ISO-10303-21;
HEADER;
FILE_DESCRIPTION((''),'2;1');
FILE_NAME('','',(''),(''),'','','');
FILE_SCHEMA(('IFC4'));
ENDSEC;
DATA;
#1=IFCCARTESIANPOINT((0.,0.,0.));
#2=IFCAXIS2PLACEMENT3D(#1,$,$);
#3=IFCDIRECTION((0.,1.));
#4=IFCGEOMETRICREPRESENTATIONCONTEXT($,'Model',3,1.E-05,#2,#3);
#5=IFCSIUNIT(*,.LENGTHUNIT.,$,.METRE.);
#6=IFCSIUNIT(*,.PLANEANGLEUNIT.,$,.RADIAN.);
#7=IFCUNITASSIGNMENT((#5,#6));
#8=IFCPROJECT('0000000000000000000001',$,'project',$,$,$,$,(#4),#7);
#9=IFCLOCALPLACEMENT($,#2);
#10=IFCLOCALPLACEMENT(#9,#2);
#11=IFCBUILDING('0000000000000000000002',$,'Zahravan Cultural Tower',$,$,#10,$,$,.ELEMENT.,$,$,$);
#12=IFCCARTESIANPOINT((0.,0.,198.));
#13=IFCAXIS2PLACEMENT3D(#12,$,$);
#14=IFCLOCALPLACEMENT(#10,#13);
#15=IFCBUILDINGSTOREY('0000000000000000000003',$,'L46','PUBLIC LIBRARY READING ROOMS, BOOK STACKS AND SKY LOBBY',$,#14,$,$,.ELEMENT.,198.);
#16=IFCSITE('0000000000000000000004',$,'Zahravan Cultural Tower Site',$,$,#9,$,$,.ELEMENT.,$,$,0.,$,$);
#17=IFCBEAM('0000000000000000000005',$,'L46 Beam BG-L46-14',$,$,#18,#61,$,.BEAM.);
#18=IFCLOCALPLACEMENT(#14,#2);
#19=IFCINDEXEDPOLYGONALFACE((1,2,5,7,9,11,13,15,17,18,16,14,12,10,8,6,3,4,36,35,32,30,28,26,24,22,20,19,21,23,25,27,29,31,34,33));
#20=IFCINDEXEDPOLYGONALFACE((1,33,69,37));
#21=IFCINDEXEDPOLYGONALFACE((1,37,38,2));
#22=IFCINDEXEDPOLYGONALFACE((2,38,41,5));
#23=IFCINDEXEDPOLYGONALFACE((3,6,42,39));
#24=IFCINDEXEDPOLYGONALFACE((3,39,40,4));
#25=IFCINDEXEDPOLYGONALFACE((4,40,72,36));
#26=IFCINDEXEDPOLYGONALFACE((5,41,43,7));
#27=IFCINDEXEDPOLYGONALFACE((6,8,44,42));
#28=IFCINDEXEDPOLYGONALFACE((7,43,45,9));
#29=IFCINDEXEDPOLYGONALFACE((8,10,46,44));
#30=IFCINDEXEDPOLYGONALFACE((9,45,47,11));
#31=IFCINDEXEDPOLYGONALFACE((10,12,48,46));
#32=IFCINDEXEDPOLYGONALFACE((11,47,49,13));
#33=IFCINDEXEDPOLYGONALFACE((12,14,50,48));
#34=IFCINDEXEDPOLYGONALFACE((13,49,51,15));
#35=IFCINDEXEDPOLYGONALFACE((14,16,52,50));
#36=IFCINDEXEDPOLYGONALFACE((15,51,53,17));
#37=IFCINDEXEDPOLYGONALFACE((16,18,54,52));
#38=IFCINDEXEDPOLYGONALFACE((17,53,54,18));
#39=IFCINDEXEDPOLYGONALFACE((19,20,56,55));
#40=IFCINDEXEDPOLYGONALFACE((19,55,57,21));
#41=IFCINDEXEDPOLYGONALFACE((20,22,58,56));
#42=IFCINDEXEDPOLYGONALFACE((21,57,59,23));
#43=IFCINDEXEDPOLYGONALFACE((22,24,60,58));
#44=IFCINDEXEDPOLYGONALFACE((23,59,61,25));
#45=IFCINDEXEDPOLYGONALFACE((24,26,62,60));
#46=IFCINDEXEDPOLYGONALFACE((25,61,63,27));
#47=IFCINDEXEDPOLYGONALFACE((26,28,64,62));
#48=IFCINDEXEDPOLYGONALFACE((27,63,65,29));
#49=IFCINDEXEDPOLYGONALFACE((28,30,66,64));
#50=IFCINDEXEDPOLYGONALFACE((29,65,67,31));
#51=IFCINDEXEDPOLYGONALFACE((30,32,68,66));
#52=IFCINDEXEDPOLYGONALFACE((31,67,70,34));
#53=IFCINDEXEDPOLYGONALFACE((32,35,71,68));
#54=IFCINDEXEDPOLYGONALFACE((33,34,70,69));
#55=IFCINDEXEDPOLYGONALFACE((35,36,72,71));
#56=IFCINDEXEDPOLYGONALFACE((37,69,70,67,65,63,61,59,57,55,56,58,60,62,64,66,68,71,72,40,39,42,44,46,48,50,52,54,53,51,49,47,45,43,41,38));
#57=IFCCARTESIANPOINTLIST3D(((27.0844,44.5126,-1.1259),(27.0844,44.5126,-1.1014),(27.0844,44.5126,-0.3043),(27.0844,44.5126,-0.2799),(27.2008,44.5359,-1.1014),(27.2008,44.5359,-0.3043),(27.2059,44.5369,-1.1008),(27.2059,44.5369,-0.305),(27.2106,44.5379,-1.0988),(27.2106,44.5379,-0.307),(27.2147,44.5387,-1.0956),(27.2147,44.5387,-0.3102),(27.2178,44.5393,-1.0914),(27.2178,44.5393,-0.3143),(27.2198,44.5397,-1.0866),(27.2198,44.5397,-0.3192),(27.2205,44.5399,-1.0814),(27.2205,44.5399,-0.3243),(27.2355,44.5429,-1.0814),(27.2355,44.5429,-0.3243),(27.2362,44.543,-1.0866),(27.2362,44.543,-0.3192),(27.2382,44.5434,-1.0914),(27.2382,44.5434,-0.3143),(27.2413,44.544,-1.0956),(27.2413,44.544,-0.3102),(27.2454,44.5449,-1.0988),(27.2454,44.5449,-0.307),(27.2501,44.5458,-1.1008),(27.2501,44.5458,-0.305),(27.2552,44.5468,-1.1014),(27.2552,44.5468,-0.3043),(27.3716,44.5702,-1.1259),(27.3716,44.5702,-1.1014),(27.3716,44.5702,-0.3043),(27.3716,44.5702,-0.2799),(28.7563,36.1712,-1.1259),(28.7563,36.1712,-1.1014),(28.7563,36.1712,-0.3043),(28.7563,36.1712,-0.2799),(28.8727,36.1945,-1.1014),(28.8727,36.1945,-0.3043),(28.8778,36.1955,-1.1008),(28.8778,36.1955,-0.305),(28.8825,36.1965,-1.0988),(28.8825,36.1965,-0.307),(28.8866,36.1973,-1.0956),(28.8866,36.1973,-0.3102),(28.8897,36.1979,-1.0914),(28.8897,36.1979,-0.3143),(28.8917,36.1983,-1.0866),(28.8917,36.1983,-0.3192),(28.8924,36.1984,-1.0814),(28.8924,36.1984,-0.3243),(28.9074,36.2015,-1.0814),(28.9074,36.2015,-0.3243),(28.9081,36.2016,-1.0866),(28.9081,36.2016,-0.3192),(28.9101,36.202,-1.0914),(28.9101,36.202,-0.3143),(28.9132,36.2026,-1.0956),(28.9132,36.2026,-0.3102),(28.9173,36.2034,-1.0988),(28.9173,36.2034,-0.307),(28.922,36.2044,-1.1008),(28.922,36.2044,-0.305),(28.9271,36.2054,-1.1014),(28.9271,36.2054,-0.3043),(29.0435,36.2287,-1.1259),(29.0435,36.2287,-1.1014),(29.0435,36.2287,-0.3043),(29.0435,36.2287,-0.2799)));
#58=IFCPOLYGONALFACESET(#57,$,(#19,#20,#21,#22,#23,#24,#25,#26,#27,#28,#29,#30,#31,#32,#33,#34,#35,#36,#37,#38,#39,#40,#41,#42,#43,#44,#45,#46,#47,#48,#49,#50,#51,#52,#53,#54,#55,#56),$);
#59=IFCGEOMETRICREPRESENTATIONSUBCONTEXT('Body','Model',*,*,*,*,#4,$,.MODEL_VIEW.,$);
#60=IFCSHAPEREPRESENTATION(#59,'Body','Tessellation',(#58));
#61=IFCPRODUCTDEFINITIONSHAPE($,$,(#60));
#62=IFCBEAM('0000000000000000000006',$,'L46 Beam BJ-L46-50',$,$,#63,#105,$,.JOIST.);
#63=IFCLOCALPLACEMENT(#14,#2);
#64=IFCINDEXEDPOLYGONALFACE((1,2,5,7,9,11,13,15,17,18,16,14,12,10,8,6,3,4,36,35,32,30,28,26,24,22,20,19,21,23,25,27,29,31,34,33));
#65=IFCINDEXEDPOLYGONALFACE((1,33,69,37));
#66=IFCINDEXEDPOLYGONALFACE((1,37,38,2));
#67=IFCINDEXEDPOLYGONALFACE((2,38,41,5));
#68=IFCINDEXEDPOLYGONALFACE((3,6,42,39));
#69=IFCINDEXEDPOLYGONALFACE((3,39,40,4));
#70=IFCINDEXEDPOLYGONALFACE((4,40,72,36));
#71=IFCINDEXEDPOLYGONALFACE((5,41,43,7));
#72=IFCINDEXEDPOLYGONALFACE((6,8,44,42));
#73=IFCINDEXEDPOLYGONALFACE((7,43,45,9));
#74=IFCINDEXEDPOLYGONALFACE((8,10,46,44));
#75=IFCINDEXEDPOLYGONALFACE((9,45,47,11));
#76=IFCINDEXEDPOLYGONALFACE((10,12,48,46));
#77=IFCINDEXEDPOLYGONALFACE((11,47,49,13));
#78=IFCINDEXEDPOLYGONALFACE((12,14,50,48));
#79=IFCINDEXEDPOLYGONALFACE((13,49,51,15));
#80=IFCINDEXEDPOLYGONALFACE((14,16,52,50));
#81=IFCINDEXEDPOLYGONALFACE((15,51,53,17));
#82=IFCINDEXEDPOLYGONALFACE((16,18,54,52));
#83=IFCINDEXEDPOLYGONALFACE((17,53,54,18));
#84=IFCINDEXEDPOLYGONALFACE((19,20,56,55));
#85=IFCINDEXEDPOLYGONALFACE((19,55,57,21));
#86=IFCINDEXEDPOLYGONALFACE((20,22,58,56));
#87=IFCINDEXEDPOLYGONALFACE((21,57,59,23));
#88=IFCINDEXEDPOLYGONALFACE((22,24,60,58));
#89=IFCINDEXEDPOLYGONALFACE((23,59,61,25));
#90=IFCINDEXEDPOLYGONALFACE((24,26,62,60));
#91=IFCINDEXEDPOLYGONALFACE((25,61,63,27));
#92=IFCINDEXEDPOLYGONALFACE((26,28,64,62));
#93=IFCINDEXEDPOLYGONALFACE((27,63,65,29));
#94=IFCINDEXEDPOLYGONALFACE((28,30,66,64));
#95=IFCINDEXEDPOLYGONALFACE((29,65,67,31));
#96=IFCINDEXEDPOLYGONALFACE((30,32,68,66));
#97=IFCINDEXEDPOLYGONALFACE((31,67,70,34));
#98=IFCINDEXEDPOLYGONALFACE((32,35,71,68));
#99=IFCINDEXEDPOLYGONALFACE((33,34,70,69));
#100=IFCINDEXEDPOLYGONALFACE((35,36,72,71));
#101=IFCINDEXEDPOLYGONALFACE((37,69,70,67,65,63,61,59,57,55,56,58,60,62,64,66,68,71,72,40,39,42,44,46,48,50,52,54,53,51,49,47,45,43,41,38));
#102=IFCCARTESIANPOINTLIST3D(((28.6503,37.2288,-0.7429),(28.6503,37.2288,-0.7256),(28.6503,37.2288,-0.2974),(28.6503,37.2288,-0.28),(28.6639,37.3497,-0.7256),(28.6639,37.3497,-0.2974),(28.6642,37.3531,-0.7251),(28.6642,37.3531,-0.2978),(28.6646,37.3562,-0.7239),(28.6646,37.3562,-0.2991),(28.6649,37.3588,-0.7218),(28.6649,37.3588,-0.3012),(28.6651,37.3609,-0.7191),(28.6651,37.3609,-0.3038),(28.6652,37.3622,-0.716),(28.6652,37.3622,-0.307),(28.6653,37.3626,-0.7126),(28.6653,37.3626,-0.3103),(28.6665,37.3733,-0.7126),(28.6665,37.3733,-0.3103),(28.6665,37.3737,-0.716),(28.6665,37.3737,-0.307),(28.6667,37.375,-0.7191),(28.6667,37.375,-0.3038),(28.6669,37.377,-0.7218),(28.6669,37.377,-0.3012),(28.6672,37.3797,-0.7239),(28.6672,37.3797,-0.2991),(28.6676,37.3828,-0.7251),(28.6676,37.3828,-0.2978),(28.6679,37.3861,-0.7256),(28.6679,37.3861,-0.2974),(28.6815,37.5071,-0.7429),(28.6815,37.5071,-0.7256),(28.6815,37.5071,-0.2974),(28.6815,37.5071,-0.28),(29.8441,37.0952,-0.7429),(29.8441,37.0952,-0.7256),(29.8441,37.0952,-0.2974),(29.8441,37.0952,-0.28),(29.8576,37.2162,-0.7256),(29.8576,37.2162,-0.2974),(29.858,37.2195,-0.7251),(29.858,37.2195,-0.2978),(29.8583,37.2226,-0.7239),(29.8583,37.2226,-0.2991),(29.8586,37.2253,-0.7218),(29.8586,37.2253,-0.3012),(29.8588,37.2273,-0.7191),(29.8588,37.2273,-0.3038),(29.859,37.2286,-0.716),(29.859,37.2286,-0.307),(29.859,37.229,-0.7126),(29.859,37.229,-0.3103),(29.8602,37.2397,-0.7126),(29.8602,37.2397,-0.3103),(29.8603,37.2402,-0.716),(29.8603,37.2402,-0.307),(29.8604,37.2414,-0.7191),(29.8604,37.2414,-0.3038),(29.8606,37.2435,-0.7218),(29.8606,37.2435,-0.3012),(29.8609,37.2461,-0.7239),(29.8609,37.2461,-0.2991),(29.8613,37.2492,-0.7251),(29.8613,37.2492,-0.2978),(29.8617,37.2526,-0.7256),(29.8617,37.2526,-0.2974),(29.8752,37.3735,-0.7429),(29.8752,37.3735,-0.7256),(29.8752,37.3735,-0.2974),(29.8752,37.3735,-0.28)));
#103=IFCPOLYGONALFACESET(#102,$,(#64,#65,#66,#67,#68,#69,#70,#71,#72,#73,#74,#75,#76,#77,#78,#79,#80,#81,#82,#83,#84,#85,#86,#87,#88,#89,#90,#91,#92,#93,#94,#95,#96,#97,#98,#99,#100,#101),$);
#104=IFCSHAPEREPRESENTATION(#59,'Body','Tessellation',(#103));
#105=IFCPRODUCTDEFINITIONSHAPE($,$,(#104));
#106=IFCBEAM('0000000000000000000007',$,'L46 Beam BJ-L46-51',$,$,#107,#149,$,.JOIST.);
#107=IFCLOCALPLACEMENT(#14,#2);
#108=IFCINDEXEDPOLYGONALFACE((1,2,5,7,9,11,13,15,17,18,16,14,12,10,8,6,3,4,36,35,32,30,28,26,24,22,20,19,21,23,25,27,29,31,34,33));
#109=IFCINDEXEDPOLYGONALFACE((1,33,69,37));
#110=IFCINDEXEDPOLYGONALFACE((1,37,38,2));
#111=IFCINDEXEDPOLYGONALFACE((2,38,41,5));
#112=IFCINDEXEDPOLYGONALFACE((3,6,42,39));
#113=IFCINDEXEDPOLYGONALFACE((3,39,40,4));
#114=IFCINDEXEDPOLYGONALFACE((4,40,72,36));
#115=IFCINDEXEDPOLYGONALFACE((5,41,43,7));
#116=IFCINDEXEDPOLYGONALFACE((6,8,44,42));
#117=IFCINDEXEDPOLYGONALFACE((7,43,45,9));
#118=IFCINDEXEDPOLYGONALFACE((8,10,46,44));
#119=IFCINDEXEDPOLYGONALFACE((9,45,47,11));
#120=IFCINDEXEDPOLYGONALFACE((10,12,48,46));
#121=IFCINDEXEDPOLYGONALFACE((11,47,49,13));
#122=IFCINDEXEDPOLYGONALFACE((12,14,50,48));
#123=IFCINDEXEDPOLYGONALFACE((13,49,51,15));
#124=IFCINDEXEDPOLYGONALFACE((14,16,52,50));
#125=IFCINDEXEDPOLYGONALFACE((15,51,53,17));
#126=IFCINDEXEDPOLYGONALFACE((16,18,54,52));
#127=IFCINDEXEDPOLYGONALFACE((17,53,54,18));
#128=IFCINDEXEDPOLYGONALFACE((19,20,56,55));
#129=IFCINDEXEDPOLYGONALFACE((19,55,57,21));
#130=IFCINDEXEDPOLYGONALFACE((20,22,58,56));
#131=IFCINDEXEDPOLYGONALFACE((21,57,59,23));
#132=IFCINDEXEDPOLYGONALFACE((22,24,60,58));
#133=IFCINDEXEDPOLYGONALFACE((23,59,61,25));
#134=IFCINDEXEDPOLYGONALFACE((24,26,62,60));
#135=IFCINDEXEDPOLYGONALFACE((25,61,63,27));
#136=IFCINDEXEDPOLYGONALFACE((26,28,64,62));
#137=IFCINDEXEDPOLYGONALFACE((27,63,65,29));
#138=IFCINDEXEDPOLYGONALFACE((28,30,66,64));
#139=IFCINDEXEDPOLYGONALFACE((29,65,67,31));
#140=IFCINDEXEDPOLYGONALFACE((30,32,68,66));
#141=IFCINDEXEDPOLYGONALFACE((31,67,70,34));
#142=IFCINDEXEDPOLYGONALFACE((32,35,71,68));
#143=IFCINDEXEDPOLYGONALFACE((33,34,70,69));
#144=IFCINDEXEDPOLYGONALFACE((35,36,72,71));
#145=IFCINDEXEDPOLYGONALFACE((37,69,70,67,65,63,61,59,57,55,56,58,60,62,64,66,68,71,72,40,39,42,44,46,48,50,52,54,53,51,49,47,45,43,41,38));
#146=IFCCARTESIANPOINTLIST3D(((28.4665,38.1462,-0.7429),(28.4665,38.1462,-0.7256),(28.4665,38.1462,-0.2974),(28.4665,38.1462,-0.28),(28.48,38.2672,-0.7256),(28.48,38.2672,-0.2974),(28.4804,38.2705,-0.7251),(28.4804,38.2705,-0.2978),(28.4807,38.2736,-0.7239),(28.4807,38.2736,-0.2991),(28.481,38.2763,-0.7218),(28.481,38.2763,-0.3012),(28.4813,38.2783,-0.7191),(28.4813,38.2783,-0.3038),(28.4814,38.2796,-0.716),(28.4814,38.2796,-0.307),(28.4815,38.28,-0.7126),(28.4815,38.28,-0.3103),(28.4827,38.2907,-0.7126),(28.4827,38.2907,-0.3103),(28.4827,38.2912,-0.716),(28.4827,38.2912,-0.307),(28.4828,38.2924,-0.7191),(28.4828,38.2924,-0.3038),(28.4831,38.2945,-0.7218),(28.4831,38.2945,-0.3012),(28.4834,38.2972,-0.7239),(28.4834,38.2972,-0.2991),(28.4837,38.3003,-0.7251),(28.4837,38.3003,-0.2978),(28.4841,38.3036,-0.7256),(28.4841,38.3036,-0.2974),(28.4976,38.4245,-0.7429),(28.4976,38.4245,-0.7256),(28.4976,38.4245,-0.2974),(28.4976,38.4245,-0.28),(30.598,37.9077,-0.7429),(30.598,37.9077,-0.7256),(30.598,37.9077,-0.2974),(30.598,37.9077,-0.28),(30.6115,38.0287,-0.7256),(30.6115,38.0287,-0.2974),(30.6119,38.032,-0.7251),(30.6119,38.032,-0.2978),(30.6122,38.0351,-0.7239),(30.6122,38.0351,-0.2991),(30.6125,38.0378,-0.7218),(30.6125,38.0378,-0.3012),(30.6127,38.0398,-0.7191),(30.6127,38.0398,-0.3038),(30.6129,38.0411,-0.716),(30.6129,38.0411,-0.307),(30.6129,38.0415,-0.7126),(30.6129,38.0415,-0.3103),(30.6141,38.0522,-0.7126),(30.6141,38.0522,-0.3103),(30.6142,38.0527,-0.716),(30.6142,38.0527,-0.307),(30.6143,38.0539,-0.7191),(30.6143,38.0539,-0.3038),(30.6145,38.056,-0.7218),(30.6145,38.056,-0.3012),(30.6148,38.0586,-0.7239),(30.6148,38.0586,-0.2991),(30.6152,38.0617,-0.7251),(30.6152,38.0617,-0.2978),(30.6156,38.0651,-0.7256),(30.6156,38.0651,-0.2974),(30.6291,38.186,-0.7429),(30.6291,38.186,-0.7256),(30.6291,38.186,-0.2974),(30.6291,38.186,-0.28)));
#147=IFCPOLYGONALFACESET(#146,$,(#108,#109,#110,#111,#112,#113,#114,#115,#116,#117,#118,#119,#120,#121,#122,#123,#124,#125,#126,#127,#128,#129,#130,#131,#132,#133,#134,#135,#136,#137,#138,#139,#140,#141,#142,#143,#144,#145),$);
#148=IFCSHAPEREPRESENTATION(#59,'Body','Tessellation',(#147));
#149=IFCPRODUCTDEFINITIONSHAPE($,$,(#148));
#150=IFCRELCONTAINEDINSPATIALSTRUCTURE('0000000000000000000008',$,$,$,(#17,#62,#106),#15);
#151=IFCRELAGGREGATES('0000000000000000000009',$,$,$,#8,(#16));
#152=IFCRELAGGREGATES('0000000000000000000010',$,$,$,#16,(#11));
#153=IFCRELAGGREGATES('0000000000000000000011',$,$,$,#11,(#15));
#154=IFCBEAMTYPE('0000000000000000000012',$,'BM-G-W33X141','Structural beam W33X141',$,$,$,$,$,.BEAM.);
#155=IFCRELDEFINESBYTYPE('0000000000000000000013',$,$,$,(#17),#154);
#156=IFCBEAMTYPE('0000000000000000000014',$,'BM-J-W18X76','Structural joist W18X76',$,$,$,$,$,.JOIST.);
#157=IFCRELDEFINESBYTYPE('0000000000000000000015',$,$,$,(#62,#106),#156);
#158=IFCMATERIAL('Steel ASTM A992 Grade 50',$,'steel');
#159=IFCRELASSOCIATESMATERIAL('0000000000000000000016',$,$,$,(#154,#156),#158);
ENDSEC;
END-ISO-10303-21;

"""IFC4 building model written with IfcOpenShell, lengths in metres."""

from ifc_helpers import new_model, si_unit, direction, frame, origin, origin_2d, place, context, subcontext, project, spatial, i_section, extrude, source, transform, mapped, material, material_profile, profile_set, type_object, element, save


model = new_model("IFC4")

# Units and contexts
model_context = context("Model", 3, precision=1e-05, world=origin(), true_north=direction((0.0, 1.0)))
body_context = subcontext(model_context, "Body", "Model", "MODEL_VIEW")
ifc_project = project(units=[si_unit("LENGTHUNIT", "METRE"), si_unit("PLANEANGLEUNIT", "RADIAN")], contexts=[model_context])

# Site, building, storey
site_placement = place(None, origin())
site = spatial("IfcSite", under=ifc_project, at=site_placement, Name="Zahravan Cultural Tower Site", CompositionType="ELEMENT", RefElevation=0.0)
building_placement = place(site_placement, origin())
building = spatial("IfcBuilding", under=site, at=building_placement, Name="Zahravan Cultural Tower", CompositionType="ELEMENT")
storey_placement = place(building_placement, frame((0.0, 0.0, 198.0)))
storey = spatial("IfcBuildingStorey", under=building, at=storey_placement, Name="L46", Description="PUBLIC LIBRARY READING ROOMS, BOOK STACKS AND SKY LOBBY", CompositionType="ELEMENT", Elevation=198.0)

# Shared definitions
ifc_material_1 = material(Name="Steel ASTM A992 Grade 50", Category="steel")

# Beams
ifc_material_profile_1 = material_profile(ifc_material_1, i_section(OverallWidth=0.293, OverallDepth=0.8459, WebThickness=0.0154, FlangeThickness=0.0244, FilletRadius=0.02, at=origin_2d()), Name="W33X141")
ifc_profile_set_1 = profile_set([ifc_material_profile_1], Name="Steel ASTM A992 Grade 50")
beam_type_1 = type_object("IfcBeamType", Name="BM-G-W33X141", Description="Structural beam W33X141", PredefinedType="BEAM", material=ifc_profile_set_1)
shared_shape_1 = source(origin(), body_context, "Body", "SweptSolid", [
    extrude(i_section(OverallWidth=0.293, OverallDepth=0.8459, WebThickness=0.0154, FlangeThickness=0.0244, FilletRadius=0.02, at=origin_2d()), origin(), (0.0, 0.0, 1.0), 8.5073),
])
beam_1_placement = place(storey_placement, frame((28.8999, 36.2, -0.7029), z_axis=(-0.196525, 0.980499, 0.0), x_axis=(-0.980499, -0.196525, 0.0)))
element("IfcBeam", 1, at=beam_1_placement, inside=storey, type_object=beam_type_1, Name="L46 Beam BG-L46-14", PredefinedType="BEAM", context=body_context, shape_type="MappedRepresentation", body=[
    mapped(shared_shape_1, transform((0.0, 0.0, 0.0), x_axis=(1.0, 0.0, 0.0), y_axis=(0.0, 1.0, 0.0), z_axis=(0.0, 0.0, 1.0), scale=1.0)),
])
ifc_material_profile_2 = material_profile(ifc_material_1, i_section(OverallWidth=0.28, OverallDepth=0.4629, WebThickness=0.0107, FlangeThickness=0.0173, FilletRadius=0.0129, at=origin_2d()), Name="W18X76")
ifc_profile_set_2 = profile_set([ifc_material_profile_2], Name="Steel ASTM A992 Grade 50")
beam_type_2 = type_object("IfcBeamType", Name="BM-J-W18X76", Description="Structural joist W18X76", PredefinedType="JOIST", material=ifc_profile_set_2)
shared_shape_2 = source(origin(), body_context, "Body", "SweptSolid", [
    extrude(i_section(OverallWidth=0.28, OverallDepth=0.4629, WebThickness=0.0107, FlangeThickness=0.0173, FilletRadius=0.0129, at=origin_2d()), origin(), (0.0, 0.0, 1.0), 1.2012),
])
beam_2_placement = place(storey_placement, frame((29.8596, 37.2344, -0.5115), z_axis=(-0.993799, 0.11119, 0.0), x_axis=(-0.11119, -0.993799, 0.0)))
element("IfcBeam", 2, at=beam_2_placement, inside=storey, type_object=beam_type_2, Name="L46 Beam BJ-L46-50", PredefinedType="JOIST", context=body_context, shape_type="MappedRepresentation", body=[
    mapped(shared_shape_2, transform((0.0, 0.0, 0.0), x_axis=(1.0, 0.0, 0.0), y_axis=(0.0, 1.0, 0.0), z_axis=(0.0, 0.0, 1.0), scale=1.0)),
])
shared_shape_3 = source(origin(), body_context, "Body", "SweptSolid", [
    extrude(i_section(OverallWidth=0.28, OverallDepth=0.4629, WebThickness=0.0107, FlangeThickness=0.0173, FilletRadius=0.0129, at=origin_2d()), origin(), (0.0, 0.0, 1.0), 2.1448),
])
beam_3_placement = place(storey_placement, frame((30.6135, 38.0469, -0.5115), z_axis=(-0.993797, 0.111206, 0.0), x_axis=(-0.111206, -0.993797, 0.0)))
element("IfcBeam", 3, at=beam_3_placement, inside=storey, type_object=beam_type_2, Name="L46 Beam BJ-L46-51", PredefinedType="JOIST", context=body_context, shape_type="MappedRepresentation", body=[
    mapped(shared_shape_3, transform((0.0, 0.0, 0.0), x_axis=(1.0, 0.0, 0.0), y_axis=(0.0, 1.0, 0.0), z_axis=(0.0, 0.0, 1.0), scale=1.0)),
])

save(model, "model.ifc")
